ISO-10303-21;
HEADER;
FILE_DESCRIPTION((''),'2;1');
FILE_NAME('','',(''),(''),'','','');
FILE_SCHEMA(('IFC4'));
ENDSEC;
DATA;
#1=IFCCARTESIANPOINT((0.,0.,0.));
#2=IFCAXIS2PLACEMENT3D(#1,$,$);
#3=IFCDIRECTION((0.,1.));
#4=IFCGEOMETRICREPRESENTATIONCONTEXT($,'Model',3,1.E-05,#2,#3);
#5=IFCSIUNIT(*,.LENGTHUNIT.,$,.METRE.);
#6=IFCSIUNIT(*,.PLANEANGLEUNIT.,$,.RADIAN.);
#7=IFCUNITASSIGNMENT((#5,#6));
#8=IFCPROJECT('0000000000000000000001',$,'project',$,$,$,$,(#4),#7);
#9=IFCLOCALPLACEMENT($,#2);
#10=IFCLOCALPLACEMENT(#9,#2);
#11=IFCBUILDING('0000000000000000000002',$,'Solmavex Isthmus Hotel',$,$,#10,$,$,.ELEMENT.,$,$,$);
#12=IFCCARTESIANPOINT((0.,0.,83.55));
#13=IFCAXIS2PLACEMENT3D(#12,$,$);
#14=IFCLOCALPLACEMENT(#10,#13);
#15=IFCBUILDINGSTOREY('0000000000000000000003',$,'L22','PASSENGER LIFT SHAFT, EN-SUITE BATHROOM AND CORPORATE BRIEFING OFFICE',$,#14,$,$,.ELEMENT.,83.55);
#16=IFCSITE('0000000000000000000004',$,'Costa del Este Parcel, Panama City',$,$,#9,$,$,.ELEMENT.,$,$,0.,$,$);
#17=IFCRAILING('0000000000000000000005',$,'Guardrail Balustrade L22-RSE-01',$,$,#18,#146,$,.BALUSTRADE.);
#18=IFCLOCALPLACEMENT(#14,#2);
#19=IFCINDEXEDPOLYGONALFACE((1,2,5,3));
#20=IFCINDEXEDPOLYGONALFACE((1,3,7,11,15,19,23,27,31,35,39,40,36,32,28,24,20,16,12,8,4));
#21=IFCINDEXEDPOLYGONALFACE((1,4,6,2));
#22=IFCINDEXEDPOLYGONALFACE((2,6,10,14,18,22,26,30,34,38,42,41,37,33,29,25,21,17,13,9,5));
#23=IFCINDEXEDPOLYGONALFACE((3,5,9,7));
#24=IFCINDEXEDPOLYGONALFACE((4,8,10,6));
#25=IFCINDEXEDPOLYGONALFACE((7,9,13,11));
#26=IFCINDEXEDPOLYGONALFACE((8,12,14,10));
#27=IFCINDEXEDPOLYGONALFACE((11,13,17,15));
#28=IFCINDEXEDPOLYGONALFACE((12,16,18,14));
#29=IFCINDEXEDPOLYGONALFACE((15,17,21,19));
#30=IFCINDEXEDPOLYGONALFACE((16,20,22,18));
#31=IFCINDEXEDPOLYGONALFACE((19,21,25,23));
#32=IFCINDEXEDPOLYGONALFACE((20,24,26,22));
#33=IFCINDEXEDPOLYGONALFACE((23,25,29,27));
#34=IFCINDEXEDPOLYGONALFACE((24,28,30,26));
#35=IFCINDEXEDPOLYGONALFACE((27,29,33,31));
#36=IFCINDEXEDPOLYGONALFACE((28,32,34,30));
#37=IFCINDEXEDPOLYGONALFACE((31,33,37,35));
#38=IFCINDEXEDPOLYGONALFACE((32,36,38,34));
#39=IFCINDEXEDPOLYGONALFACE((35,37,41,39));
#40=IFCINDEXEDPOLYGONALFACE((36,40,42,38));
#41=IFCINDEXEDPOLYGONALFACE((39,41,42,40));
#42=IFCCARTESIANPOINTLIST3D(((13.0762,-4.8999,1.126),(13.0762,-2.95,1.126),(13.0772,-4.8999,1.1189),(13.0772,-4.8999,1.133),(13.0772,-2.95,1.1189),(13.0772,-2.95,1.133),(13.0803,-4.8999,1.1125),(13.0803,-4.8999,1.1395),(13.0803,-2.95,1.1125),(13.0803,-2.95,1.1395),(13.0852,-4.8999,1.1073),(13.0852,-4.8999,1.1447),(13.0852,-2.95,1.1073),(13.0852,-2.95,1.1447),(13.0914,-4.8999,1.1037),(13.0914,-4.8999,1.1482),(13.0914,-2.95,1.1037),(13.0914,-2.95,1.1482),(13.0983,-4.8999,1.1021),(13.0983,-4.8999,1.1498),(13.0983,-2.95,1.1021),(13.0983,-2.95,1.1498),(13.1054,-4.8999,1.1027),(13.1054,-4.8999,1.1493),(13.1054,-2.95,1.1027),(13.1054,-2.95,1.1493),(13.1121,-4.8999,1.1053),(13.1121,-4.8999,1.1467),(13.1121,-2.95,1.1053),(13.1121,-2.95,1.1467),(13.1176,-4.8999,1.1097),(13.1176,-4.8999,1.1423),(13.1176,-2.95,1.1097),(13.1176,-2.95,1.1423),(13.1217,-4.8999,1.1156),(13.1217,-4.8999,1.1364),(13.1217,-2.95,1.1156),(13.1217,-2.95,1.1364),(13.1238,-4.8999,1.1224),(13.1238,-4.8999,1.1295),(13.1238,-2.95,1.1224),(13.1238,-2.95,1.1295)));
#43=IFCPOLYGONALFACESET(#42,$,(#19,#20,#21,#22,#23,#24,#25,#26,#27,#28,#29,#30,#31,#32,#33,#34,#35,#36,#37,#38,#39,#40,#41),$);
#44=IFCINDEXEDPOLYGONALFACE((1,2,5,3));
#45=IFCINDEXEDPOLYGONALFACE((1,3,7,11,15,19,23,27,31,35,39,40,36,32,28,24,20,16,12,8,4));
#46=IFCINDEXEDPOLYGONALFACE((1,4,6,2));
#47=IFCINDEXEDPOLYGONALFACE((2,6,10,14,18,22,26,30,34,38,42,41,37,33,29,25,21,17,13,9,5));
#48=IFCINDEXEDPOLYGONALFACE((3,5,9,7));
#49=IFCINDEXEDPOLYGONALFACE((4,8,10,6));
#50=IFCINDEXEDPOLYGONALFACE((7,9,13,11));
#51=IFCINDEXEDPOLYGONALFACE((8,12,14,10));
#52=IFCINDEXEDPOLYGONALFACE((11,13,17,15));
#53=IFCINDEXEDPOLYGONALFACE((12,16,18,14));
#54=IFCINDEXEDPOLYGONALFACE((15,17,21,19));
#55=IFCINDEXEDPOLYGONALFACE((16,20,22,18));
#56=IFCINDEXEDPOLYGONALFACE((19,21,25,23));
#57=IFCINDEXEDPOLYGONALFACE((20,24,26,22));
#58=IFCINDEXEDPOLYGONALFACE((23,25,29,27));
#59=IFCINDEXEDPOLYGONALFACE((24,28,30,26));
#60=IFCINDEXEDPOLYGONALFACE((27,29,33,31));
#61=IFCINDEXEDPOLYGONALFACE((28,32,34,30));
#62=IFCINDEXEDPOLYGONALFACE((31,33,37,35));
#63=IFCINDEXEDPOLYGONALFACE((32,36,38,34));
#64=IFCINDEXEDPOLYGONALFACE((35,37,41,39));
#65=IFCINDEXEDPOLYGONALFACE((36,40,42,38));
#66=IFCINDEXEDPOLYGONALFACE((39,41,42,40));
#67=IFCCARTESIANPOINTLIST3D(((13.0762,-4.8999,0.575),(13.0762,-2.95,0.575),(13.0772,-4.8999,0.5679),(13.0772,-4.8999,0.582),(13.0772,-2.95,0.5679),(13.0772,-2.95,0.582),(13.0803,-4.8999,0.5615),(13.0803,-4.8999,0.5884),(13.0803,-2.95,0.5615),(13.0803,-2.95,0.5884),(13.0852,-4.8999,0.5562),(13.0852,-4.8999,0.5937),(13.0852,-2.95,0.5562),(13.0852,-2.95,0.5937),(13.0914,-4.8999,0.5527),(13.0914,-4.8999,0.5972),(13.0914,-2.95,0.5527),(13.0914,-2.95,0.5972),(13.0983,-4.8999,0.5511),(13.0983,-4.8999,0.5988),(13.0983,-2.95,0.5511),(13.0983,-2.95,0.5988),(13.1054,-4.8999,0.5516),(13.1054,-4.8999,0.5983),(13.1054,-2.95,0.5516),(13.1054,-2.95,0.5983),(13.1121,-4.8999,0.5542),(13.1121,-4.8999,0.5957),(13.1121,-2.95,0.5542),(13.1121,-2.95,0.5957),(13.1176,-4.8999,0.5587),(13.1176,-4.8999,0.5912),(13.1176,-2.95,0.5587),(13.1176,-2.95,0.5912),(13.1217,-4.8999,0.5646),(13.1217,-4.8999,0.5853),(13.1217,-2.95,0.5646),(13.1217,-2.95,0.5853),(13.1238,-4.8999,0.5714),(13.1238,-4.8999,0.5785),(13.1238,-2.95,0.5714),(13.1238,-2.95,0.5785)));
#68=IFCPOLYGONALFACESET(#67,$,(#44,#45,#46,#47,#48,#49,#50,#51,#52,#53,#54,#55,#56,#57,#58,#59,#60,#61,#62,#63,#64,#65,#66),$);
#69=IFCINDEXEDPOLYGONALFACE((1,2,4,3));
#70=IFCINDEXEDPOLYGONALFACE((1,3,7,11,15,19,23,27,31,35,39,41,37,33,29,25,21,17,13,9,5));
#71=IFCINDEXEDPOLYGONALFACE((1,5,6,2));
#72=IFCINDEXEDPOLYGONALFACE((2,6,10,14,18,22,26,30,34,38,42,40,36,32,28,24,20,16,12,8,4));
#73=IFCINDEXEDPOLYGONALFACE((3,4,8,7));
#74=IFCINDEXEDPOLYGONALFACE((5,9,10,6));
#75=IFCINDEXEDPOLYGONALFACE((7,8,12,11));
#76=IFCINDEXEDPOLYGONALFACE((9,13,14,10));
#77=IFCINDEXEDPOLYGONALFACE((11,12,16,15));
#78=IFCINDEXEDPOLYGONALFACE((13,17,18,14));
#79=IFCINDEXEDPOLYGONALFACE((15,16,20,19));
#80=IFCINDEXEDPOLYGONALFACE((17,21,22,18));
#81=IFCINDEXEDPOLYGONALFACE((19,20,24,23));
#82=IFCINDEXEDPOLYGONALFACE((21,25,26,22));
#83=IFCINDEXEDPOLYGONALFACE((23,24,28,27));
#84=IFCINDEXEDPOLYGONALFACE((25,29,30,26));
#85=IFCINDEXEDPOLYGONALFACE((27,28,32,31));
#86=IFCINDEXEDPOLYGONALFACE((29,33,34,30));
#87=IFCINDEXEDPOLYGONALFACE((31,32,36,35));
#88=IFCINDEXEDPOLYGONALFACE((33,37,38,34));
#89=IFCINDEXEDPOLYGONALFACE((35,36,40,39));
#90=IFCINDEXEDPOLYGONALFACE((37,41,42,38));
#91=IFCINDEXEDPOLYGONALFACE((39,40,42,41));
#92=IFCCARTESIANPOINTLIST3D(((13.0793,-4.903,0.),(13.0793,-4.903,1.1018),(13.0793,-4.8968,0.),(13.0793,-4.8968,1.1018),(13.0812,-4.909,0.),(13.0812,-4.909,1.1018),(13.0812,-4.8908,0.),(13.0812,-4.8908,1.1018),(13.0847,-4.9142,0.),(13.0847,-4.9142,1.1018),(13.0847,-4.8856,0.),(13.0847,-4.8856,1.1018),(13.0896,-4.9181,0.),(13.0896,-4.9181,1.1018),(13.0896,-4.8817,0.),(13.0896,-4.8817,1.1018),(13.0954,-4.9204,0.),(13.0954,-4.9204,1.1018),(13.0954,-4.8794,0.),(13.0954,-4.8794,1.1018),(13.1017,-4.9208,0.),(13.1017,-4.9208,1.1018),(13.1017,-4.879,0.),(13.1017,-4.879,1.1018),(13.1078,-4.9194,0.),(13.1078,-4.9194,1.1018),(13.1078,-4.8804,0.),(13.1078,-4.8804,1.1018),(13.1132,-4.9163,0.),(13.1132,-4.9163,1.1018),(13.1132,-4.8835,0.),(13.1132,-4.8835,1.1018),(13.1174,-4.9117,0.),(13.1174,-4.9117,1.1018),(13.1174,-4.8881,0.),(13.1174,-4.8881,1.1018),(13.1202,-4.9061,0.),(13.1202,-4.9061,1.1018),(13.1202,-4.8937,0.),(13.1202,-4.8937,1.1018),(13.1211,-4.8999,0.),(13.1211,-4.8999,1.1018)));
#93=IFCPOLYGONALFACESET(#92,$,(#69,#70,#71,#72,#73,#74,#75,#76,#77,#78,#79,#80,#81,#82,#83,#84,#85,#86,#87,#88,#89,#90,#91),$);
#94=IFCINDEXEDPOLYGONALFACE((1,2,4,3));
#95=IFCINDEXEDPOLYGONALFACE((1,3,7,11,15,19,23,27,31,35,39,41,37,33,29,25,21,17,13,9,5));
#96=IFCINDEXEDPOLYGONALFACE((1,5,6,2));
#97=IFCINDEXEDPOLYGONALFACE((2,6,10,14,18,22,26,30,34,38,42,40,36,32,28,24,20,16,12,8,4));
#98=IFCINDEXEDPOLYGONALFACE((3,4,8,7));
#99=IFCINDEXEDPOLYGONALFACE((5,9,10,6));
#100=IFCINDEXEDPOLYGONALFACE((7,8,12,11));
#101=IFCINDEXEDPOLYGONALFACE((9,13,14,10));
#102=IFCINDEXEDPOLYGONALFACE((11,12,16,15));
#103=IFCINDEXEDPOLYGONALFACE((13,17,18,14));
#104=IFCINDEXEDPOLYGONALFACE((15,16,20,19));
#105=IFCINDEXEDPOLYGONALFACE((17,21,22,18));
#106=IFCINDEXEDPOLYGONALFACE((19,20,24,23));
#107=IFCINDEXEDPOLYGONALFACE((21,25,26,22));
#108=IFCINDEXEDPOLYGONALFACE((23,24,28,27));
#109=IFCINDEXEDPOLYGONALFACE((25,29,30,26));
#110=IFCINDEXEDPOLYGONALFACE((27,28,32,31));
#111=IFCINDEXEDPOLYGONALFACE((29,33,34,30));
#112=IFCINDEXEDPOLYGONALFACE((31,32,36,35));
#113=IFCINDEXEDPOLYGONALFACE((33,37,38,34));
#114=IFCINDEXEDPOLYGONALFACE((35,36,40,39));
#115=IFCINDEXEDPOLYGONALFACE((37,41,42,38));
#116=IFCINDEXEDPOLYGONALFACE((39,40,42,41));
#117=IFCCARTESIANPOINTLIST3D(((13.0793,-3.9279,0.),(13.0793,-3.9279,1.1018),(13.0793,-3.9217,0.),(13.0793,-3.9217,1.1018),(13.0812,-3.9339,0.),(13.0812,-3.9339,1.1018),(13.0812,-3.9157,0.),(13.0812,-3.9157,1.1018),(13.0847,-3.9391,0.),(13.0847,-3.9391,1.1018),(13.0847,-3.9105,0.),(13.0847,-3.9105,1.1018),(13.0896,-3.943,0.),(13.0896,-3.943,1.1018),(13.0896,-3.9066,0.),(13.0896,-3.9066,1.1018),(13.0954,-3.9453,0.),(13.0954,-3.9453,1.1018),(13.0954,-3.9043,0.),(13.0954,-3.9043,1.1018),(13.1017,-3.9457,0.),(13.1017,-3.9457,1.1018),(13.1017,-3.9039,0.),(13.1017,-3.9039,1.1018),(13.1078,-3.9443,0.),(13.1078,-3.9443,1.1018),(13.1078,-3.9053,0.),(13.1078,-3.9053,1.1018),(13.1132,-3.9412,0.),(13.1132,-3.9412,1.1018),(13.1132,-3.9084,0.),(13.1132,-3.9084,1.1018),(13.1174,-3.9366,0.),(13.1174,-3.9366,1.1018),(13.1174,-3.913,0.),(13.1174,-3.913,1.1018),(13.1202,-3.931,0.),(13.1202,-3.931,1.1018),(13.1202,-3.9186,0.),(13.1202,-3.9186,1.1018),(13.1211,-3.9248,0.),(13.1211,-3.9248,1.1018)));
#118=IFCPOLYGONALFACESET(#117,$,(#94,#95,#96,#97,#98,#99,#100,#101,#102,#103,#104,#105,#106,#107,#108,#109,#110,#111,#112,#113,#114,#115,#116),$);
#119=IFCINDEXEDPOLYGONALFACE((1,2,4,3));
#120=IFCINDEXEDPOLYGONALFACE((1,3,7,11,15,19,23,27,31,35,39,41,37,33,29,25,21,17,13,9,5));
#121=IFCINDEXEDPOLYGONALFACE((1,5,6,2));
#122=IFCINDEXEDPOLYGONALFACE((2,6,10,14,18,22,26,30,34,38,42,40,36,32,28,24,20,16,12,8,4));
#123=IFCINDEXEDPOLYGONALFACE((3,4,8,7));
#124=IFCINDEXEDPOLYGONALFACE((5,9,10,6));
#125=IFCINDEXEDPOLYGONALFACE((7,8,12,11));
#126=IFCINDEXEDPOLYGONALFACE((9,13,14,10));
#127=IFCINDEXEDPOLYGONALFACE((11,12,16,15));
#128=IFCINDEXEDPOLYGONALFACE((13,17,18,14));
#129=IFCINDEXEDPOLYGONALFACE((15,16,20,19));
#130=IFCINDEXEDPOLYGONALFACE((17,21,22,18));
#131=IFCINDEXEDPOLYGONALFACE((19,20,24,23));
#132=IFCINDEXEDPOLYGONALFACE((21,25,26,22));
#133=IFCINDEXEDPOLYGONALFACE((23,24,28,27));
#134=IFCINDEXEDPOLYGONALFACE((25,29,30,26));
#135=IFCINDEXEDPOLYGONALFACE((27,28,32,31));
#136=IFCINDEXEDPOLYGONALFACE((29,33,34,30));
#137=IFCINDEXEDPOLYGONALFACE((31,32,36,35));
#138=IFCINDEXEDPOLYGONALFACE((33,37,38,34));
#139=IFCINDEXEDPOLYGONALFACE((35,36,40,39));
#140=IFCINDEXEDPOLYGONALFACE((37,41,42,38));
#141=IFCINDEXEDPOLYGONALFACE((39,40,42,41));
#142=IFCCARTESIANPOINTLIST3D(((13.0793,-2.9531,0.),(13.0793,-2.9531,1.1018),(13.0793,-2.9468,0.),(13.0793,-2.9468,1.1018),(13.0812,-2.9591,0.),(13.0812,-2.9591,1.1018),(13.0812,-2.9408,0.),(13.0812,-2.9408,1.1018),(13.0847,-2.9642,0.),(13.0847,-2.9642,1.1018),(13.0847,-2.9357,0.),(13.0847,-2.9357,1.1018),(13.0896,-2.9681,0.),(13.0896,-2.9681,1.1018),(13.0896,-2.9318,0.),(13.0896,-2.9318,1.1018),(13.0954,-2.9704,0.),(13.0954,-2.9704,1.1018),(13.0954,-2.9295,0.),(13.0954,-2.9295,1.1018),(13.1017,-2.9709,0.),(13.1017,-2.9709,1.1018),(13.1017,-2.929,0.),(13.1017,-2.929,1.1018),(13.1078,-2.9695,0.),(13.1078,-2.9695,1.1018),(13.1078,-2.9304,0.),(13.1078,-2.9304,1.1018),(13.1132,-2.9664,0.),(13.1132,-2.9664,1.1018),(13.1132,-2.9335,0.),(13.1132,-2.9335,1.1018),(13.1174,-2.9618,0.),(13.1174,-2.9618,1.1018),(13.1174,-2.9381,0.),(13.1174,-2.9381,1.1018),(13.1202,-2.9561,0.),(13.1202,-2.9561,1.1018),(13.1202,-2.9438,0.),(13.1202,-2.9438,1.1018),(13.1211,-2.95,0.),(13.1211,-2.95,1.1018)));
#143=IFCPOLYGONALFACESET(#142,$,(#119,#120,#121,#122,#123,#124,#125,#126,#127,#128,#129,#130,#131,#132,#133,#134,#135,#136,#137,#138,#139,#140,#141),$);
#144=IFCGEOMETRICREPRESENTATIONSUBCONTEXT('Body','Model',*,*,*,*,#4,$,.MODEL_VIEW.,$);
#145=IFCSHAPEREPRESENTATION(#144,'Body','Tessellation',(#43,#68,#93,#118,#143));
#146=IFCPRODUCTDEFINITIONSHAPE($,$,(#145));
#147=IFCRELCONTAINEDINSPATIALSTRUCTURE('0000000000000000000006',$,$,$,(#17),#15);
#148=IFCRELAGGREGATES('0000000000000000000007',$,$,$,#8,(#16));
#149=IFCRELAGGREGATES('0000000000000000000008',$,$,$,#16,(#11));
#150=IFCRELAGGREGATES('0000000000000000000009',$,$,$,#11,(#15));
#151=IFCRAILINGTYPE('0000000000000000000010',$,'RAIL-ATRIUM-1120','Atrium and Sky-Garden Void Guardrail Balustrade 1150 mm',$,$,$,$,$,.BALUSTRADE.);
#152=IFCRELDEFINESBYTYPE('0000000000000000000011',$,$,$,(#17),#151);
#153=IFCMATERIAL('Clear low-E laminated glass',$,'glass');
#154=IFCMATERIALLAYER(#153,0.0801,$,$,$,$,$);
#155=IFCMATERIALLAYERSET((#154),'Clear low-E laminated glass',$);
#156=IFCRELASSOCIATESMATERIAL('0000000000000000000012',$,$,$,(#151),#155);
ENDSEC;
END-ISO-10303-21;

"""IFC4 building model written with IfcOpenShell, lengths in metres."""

from ifc_helpers import new_model, si_unit, direction, frame, origin, origin_2d, place, context, subcontext, project, spatial, circle, extrude, material, layer, layer_set, type_object, element, save


model = new_model("IFC4")

# Units and contexts
model_context = context("Model", 3, precision=1e-05, world=origin(), true_north=direction((0.0, 1.0)))
body_context = subcontext(model_context, "Body", "Model", "MODEL_VIEW")
ifc_project = project(units=[si_unit("LENGTHUNIT", "METRE"), si_unit("PLANEANGLEUNIT", "RADIAN")], contexts=[model_context])

# Site, building, storey
site_placement = place(None, origin())
site = spatial("IfcSite", under=ifc_project, at=site_placement, Name="Costa del Este Parcel, Panama City", CompositionType="ELEMENT", RefElevation=0.0)
building_placement = place(site_placement, origin())
building = spatial("IfcBuilding", under=site, at=building_placement, Name="Solmavex Isthmus Hotel", CompositionType="ELEMENT")
storey_placement = place(building_placement, frame((0.0, 0.0, 83.55)))
storey = spatial("IfcBuildingStorey", under=building, at=storey_placement, Name="L22", Description="PASSENGER LIFT SHAFT, EN-SUITE BATHROOM AND CORPORATE BRIEFING OFFICE", CompositionType="ELEMENT", Elevation=83.55)

# Railing
ifc_material_1 = material(Name="Clear low-E laminated glass", Category="glass")
ifc_layer_1 = layer(ifc_material_1, 0.0801)
ifc_layer_set_1 = layer_set([ifc_layer_1], Name="Clear low-E laminated glass")
railing_type_1 = type_object("IfcRailingType", Name="RAIL-ATRIUM-1120", Description="Atrium and Sky-Garden Void Guardrail Balustrade 1150 mm", PredefinedType="BALUSTRADE", material=ifc_layer_set_1)
railing_1_placement = place(storey_placement, frame((13.1001, -4.8999, 0.0)))
element("IfcRailing", 1, at=railing_1_placement, inside=storey, type_object=railing_type_1, Name="Guardrail Balustrade L22-RSE-01", PredefinedType="BALUSTRADE", context=body_context, shape_type="SweptSolid", body=[
    extrude(circle(Radius=0.0239, at=origin_2d()), frame((0.0, 0.0, 1.126), z_axis=(0.0, 1.0, 0.0), x_axis=(-1.0, 0.0, 0.0)), (0.0, 0.0, 1.0), 1.95),
    extrude(circle(Radius=0.0239, at=origin_2d()), frame((0.0, 0.0, 0.575), z_axis=(0.0, 1.0, 0.0), x_axis=(-1.0, 0.0, 0.0)), (0.0, 0.0, 1.0), 1.95),
    extrude(circle(Radius=0.021, at=origin_2d()), origin(), (0.0, 0.0, 1.0), 1.1018),
    extrude(circle(Radius=0.021, at=origin_2d()), frame((0.0, 0.9751, 0.0)), (0.0, 0.0, 1.0), 1.1018),
    extrude(circle(Radius=0.021, at=origin_2d()), frame((0.0, 1.95, 0.0)), (0.0, 0.0, 1.0), 1.1018),
])

save(model, "model.ifc")
